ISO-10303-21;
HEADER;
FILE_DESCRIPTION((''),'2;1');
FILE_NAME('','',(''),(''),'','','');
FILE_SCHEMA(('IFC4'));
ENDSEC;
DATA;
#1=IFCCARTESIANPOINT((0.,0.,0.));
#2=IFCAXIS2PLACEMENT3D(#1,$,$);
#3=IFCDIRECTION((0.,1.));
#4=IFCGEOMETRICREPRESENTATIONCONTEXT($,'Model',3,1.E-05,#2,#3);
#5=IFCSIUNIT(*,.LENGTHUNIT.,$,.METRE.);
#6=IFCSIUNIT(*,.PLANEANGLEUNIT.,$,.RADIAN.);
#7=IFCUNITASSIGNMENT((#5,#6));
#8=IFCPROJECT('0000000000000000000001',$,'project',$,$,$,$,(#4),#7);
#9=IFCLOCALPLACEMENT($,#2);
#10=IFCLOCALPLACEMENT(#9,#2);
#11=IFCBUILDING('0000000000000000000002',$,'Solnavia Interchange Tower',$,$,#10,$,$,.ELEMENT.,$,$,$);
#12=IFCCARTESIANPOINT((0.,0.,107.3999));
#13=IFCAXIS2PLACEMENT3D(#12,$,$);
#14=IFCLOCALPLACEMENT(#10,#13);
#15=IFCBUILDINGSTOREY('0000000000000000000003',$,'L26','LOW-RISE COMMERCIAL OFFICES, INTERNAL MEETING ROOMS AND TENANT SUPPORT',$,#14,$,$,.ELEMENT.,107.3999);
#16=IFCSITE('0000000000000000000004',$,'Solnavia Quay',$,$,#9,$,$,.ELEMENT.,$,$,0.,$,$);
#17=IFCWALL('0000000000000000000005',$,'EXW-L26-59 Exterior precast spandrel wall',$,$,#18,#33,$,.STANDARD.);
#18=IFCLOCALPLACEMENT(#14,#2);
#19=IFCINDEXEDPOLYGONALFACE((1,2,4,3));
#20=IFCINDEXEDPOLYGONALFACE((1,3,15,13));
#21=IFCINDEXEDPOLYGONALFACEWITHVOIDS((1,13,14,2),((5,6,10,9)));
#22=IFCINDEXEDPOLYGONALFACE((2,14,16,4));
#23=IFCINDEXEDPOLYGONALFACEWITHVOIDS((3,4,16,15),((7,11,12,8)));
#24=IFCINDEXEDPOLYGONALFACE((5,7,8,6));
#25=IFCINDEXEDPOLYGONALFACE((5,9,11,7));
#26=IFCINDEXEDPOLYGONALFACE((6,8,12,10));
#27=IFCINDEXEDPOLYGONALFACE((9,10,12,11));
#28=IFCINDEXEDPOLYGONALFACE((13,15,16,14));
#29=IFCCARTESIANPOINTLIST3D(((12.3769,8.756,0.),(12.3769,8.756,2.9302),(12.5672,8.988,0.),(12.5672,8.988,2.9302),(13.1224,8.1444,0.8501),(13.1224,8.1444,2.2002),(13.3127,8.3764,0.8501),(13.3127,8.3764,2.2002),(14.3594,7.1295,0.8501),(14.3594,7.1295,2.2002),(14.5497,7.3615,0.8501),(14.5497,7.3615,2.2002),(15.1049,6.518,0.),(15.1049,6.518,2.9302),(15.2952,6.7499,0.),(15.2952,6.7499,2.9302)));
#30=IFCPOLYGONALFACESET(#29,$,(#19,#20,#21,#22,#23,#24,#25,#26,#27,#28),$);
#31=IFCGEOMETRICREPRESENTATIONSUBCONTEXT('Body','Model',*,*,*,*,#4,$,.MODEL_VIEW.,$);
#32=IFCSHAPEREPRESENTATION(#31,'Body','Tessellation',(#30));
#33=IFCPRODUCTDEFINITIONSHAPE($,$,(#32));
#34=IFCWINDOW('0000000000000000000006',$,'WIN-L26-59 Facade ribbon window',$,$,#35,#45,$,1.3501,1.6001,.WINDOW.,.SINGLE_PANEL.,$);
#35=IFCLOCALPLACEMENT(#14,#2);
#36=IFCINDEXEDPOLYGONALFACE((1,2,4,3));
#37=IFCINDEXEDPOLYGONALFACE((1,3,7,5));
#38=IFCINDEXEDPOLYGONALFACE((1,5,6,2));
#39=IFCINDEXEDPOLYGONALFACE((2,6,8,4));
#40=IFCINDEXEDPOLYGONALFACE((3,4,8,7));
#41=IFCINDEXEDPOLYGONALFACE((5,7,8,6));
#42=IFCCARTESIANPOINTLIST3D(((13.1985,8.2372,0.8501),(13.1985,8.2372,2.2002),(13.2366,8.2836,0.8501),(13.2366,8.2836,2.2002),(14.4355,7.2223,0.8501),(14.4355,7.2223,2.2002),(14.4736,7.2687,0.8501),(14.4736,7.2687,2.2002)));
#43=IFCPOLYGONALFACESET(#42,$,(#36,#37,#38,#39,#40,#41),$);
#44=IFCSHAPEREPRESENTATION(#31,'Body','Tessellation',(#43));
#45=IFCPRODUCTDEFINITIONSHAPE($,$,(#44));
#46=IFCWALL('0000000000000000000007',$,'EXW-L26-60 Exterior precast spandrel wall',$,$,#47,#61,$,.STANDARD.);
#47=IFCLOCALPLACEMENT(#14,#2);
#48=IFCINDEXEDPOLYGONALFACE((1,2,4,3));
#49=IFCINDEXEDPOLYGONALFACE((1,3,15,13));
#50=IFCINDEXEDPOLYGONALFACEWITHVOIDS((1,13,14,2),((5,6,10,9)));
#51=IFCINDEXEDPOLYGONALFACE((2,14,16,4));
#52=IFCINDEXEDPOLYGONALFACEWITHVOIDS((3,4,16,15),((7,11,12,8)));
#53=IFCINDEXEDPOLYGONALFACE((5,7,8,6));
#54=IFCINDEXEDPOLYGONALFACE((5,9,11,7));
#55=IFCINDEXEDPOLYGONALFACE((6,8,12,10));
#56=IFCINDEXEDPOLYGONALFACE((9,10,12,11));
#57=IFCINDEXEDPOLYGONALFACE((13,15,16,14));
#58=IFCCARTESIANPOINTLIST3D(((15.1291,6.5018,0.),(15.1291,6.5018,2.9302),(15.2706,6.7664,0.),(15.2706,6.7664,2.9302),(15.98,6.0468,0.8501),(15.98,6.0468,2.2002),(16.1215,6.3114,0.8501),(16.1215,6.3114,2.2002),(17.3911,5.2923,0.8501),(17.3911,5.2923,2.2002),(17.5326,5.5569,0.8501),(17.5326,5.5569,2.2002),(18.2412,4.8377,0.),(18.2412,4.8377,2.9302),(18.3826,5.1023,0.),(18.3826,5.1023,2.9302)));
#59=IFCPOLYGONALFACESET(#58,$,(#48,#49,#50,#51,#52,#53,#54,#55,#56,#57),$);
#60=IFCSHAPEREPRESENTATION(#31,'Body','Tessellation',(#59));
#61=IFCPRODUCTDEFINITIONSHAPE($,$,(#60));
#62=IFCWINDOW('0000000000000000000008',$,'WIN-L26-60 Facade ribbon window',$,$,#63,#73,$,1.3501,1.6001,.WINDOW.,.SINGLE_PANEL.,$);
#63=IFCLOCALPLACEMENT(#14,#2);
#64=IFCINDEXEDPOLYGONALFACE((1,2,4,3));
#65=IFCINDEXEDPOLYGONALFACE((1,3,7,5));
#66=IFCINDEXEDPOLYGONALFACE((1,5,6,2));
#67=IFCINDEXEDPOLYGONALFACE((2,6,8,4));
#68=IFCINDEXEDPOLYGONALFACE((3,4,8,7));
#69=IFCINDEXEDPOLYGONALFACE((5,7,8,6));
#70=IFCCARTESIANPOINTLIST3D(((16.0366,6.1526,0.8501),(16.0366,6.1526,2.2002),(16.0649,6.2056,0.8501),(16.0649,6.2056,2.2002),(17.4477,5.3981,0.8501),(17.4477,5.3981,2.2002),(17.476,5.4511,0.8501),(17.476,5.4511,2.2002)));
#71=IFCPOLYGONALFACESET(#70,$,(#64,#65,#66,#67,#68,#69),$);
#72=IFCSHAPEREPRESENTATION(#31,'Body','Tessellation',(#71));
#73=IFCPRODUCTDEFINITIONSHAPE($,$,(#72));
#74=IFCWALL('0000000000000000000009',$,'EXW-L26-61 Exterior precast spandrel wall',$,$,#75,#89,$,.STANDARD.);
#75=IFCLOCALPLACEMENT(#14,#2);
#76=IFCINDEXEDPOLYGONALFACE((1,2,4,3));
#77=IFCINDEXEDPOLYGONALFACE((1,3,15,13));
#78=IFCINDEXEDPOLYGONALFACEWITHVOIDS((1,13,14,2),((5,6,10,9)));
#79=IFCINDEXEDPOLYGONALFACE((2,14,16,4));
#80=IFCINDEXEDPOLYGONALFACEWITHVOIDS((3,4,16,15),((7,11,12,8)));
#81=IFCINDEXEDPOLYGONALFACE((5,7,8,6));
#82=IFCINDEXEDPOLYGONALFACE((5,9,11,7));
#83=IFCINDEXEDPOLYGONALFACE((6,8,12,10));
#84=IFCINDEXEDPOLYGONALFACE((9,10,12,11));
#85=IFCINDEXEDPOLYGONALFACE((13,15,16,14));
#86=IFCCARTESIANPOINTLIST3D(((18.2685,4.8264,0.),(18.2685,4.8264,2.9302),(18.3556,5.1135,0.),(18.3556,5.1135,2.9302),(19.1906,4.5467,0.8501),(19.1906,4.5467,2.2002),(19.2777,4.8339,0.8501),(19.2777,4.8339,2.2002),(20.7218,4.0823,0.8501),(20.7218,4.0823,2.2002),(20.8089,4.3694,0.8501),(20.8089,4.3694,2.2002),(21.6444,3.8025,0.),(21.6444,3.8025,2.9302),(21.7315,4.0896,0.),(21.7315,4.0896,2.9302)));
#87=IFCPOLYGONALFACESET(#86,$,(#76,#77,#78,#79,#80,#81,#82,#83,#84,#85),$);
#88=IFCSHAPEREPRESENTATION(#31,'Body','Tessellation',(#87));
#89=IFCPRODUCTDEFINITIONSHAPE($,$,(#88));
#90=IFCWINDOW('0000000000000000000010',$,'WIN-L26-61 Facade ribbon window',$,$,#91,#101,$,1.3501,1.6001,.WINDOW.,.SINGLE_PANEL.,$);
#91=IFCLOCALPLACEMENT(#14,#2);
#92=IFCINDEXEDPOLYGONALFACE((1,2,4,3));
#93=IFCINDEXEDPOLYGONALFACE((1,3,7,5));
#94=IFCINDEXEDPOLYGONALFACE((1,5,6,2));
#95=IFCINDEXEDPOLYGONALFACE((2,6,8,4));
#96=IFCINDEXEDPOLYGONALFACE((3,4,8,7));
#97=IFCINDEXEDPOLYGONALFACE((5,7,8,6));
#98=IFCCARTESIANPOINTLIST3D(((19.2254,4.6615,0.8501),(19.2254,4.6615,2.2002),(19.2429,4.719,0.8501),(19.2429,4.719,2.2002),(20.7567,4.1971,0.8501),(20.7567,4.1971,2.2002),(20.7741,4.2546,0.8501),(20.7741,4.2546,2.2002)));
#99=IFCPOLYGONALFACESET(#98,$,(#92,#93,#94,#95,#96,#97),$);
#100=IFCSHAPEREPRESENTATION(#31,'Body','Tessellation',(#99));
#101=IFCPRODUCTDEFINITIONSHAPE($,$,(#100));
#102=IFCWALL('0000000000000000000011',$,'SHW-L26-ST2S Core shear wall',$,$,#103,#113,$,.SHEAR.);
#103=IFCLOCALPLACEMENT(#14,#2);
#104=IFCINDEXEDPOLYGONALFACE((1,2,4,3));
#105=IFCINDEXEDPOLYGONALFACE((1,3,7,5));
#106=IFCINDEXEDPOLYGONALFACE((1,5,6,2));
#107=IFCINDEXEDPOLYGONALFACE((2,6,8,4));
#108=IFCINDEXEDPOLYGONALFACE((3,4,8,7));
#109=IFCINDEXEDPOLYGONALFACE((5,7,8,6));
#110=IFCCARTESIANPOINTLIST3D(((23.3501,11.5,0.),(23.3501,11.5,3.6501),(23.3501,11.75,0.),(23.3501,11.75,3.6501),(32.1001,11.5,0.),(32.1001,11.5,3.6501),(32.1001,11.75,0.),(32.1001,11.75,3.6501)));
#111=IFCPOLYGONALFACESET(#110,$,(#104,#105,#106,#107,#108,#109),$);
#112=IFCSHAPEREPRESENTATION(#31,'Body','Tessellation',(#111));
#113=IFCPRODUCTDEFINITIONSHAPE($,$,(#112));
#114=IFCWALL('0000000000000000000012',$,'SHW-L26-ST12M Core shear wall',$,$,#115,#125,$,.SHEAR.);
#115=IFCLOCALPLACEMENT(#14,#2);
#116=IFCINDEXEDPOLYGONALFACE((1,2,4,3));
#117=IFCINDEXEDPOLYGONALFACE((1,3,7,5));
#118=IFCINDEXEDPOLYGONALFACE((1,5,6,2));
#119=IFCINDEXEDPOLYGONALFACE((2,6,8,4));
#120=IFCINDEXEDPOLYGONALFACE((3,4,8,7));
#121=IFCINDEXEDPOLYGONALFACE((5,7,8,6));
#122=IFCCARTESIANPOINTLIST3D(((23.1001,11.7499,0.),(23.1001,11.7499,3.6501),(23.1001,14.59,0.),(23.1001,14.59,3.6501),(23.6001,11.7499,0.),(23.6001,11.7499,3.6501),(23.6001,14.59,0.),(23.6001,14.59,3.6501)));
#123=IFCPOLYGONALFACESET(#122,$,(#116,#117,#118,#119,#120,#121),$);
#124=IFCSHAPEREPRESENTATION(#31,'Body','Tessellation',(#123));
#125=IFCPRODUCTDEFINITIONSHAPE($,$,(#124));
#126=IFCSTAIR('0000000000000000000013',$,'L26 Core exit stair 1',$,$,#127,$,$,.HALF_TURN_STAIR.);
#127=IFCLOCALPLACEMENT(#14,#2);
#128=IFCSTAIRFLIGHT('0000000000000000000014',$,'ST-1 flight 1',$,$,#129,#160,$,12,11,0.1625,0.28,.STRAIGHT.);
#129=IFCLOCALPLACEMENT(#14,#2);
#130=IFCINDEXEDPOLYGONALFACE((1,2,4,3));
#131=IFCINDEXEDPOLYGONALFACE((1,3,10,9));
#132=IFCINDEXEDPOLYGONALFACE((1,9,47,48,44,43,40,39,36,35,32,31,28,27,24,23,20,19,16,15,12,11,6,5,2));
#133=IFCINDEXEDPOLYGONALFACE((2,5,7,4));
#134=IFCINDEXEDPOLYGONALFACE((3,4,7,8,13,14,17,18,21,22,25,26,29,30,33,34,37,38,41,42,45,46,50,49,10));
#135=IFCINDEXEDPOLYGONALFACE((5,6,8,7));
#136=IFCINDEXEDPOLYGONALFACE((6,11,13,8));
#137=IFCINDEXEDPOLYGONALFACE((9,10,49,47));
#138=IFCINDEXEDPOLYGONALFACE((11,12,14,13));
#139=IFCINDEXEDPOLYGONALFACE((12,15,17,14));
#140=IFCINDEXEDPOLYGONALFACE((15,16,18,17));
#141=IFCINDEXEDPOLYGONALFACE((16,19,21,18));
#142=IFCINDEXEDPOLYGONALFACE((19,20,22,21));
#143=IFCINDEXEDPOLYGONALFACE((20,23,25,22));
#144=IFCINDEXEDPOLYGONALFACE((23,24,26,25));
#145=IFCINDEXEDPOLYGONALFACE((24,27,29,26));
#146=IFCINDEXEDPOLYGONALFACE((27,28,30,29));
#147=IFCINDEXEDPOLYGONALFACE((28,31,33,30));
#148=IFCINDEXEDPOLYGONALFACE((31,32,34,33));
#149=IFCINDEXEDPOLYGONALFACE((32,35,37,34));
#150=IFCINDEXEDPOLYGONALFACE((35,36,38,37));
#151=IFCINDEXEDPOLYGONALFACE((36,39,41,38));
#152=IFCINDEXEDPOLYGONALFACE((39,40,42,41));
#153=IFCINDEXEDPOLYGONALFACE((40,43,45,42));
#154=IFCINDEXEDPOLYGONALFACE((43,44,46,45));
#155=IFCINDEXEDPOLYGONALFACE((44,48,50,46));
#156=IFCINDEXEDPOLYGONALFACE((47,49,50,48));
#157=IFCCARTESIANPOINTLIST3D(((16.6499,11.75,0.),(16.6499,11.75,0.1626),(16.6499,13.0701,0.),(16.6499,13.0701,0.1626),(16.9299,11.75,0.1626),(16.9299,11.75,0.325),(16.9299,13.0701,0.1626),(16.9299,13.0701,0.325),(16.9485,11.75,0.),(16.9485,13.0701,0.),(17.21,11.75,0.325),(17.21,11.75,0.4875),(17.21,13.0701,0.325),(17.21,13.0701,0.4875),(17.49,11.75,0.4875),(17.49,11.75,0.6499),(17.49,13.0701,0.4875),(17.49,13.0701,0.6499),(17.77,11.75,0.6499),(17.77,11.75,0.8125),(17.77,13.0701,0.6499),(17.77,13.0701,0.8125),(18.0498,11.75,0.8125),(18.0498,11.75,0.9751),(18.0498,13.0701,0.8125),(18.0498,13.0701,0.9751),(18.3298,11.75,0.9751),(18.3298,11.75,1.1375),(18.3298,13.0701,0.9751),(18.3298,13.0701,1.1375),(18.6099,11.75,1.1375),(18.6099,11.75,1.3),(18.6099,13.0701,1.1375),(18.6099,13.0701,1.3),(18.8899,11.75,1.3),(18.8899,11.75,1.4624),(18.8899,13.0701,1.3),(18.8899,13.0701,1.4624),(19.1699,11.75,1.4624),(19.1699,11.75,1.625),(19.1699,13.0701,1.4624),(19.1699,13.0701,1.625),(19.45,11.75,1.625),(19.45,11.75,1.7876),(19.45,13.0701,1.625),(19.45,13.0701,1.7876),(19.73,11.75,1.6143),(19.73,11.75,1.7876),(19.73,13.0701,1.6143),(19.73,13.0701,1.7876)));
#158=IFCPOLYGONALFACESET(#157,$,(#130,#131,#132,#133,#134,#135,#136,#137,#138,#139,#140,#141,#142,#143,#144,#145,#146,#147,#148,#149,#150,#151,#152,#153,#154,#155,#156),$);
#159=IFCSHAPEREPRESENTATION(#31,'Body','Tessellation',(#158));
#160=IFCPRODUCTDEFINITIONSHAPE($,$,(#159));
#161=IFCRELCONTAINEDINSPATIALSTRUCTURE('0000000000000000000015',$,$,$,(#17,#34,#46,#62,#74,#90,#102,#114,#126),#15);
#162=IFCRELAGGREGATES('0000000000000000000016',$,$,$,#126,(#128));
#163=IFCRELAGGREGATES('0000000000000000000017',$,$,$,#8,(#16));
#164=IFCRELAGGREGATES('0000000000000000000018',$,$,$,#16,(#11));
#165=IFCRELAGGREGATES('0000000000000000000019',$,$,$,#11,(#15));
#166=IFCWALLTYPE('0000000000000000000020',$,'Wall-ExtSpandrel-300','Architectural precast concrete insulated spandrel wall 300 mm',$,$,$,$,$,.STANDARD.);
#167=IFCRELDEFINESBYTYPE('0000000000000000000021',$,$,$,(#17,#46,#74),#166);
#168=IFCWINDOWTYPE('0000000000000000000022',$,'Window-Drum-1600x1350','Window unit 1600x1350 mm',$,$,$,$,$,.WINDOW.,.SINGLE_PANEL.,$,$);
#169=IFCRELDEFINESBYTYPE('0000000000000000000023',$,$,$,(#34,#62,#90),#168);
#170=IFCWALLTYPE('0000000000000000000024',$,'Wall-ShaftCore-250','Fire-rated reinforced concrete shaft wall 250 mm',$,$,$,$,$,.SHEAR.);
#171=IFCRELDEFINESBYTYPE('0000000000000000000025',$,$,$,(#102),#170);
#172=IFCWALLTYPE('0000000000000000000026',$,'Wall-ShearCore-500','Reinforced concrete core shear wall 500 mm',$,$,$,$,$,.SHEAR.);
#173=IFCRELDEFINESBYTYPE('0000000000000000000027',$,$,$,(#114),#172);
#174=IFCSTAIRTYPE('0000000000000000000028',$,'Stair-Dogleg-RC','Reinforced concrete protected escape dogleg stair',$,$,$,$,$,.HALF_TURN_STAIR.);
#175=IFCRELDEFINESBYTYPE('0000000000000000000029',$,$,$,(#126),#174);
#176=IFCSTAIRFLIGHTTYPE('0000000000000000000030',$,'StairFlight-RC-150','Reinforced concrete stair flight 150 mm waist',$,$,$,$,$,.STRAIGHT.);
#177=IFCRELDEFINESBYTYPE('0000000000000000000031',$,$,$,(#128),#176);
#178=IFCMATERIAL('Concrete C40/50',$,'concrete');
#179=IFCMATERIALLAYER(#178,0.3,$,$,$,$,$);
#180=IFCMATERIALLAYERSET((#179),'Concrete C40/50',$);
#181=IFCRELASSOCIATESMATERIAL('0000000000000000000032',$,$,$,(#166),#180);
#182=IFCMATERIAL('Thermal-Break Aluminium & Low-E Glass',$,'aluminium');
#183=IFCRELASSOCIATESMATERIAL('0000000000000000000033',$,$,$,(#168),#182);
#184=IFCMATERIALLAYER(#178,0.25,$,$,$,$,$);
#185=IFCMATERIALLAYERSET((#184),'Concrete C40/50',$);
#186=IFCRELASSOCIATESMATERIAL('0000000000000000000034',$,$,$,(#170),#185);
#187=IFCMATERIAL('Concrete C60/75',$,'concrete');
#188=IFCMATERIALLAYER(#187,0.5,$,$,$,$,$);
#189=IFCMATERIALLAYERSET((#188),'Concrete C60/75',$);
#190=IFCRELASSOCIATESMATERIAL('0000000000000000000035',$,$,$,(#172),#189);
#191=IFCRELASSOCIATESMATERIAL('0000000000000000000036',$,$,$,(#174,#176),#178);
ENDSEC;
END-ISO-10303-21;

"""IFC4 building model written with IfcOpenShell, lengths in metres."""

from ifc_helpers import new_model, si_unit, direction, frame, frame_2d, origin, place, context, subcontext, project, spatial, polyline, rectangle, outline, extrude, material, layer, layer_set, type_object, element, fill, aggregate, save


model = new_model("IFC4")

# Units and contexts
model_context = context("Model", 3, precision=1e-05, world=origin(), true_north=direction((0.0, 1.0)))
body_context = subcontext(model_context, "Body", "Model", "MODEL_VIEW")
ifc_project = project(units=[si_unit("LENGTHUNIT", "METRE"), si_unit("PLANEANGLEUNIT", "RADIAN")], contexts=[model_context])

# Site, building, storey
site_placement = place(None, origin())
site = spatial("IfcSite", under=ifc_project, at=site_placement, Name="Solnavia Quay", CompositionType="ELEMENT", RefElevation=0.0)
building_placement = place(site_placement, origin())
building = spatial("IfcBuilding", under=site, at=building_placement, Name="Solnavia Interchange Tower", CompositionType="ELEMENT")
storey_placement = place(building_placement, frame((0.0, 0.0, 107.3999)))
storey = spatial("IfcBuildingStorey", under=building, at=storey_placement, Name="L26", Description="LOW-RISE COMMERCIAL OFFICES, INTERNAL MEETING ROOMS AND TENANT SUPPORT", CompositionType="ELEMENT", Elevation=107.3999)

# Shared definitions
ifc_material_1 = material(Name="Concrete C60/75", Category="concrete")

# Walls, openings, windows
ifc_material_2 = material(Name="Concrete C40/50", Category="concrete")
ifc_layer_1 = layer(ifc_material_2, 0.3)
ifc_layer_set_1 = layer_set([ifc_layer_1], Name="Concrete C40/50")
wall_type_1 = type_object("IfcWallType", Name="Wall-ExtSpandrel-300", Description="Architectural precast concrete insulated spandrel wall 300 mm", PredefinedType="STANDARD", material=ifc_layer_set_1)
wall_1_placement = place(storey_placement, frame((15.2, 6.634, 0.0), z_axis=(0.0, 0.0, 1.0), x_axis=(-0.773121, 0.634258, 0.0)))
wall_1 = element("IfcWall", 1, at=wall_1_placement, inside=storey, type_object=wall_type_1, Name="EXW-L26-59 Exterior precast spandrel wall", PredefinedType="STANDARD", context=body_context, shape_type="SweptSolid", body=[
    extrude(rectangle(XDim=3.5286, YDim=0.3, at=frame_2d((1.7642, 0.0))), origin(), (0.0, 0.0, 1.0), 2.9302),
])
opening_1_placement = place(wall_1_placement, frame((0.9641, 0.0, 0.8501)))
opening_1 = element("IfcOpeningElement", 2, at=opening_1_placement, cuts=wall_1, PredefinedType="OPENING", context=body_context, shape_type="SweptSolid", body=[
    extrude(rectangle(XDim=1.6001, YDim=1.3501, at=frame_2d((0.8, 0.675))), frame((0.0, 0.1602, 0.0), z_axis=(0.0, -1.0, 0.0), x_axis=(1.0, 0.0, 0.0)), (0.0, 0.0, 1.0), 0.3201),
])
ifc_material_3 = material(Name="Thermal-Break Aluminium & Low-E Glass", Category="aluminium")
window_type = type_object("IfcWindowType", Name="Window-Drum-1600x1350", Description="Window unit 1600x1350 mm", PartitioningType="SINGLE_PANEL", PredefinedType="WINDOW", material=ifc_material_3)
window_1_placement = place(opening_1_placement, origin())
window_1 = element("IfcWindow", 3, at=window_1_placement, inside=storey, type_object=window_type, Name="WIN-L26-59 Facade ribbon window", OverallHeight=1.3501, OverallWidth=1.6001, PartitioningType="SINGLE_PANEL", PredefinedType="WINDOW", context=body_context, shape_type="SweptSolid", body=[
    extrude(rectangle(XDim=1.6001, YDim=1.3501, at=frame_2d((0.8, 0.675))), frame((0.0, 0.03, 0.0), z_axis=(0.0, -1.0, 0.0), x_axis=(1.0, 0.0, 0.0)), (0.0, 0.0, 1.0), 0.0601),
])
fill(opening_1, window_1)
wall_2_placement = place(storey_placement, frame((18.312, 4.97, 0.0), z_axis=(0.0, 0.0, 1.0), x_axis=(-0.881847, 0.471536, 0.0)))
wall_2 = element("IfcWall", 4, at=wall_2_placement, inside=storey, type_object=wall_type_1, Name="EXW-L26-60 Exterior precast spandrel wall", PredefinedType="STANDARD", context=body_context, shape_type="SweptSolid", body=[
    extrude(rectangle(XDim=3.5291, YDim=0.3, at=frame_2d((1.7646, 0.0))), origin(), (0.0, 0.0, 1.0), 2.9302),
])
opening_2_placement = place(wall_2_placement, frame((0.9641, 0.0, 0.8501)))
opening_2 = element("IfcOpeningElement", 5, at=opening_2_placement, cuts=wall_2, PredefinedType="OPENING", context=body_context, shape_type="SweptSolid", body=[
    extrude(rectangle(XDim=1.6001, YDim=1.3501, at=frame_2d((0.8, 0.675))), frame((0.0, 0.1602, 0.0), z_axis=(0.0, -1.0, 0.0), x_axis=(1.0, 0.0, 0.0)), (0.0, 0.0, 1.0), 0.3201),
])
window_2_placement = place(opening_2_placement, origin())
window_2 = element("IfcWindow", 6, at=window_2_placement, inside=storey, type_object=window_type, Name="WIN-L26-60 Facade ribbon window", OverallHeight=1.3501, OverallWidth=1.6001, PartitioningType="SINGLE_PANEL", PredefinedType="WINDOW", context=body_context, shape_type="SweptSolid", body=[
    extrude(rectangle(XDim=1.6001, YDim=1.3501, at=frame_2d((0.8, 0.675))), frame((0.0, 0.03, 0.0), z_axis=(0.0, -1.0, 0.0), x_axis=(1.0, 0.0, 0.0)), (0.0, 0.0, 1.0), 0.0601),
])
fill(opening_2, window_2)
wall_3_placement = place(storey_placement, frame((21.688, 3.946, 0.0), z_axis=(0.0, 0.0, 1.0), x_axis=(-0.956953, 0.290242, 0.0)))
wall_3 = element("IfcWall", 7, at=wall_3_placement, inside=storey, type_object=wall_type_1, Name="EXW-L26-61 Exterior precast spandrel wall", PredefinedType="STANDARD", context=body_context, shape_type="SweptSolid", body=[
    extrude(rectangle(XDim=3.5278, YDim=0.3, at=frame_2d((1.7639, 0.0))), origin(), (0.0, 0.0, 1.0), 2.9302),
])
opening_3_placement = place(wall_3_placement, frame((0.9641, 0.0, 0.8501)))
opening_3 = element("IfcOpeningElement", 8, at=opening_3_placement, cuts=wall_3, PredefinedType="OPENING", context=body_context, shape_type="SweptSolid", body=[
    extrude(rectangle(XDim=1.6001, YDim=1.3501, at=frame_2d((0.8, 0.675))), frame((0.0, 0.1602, 0.0), z_axis=(0.0, -1.0, 0.0), x_axis=(1.0, 0.0, 0.0)), (0.0, 0.0, 1.0), 0.3201),
])
window_3_placement = place(opening_3_placement, origin())
window_3 = element("IfcWindow", 9, at=window_3_placement, inside=storey, type_object=window_type, Name="WIN-L26-61 Facade ribbon window", OverallHeight=1.3501, OverallWidth=1.6001, PartitioningType="SINGLE_PANEL", PredefinedType="WINDOW", context=body_context, shape_type="SweptSolid", body=[
    extrude(rectangle(XDim=1.6001, YDim=1.3501, at=frame_2d((0.8, 0.675))), frame((0.0, 0.03, 0.0), z_axis=(0.0, -1.0, 0.0), x_axis=(1.0, 0.0, 0.0)), (0.0, 0.0, 1.0), 0.0601),
])
fill(opening_3, window_3)

# Walls
ifc_layer_2 = layer(ifc_material_2, 0.25)
ifc_layer_set_2 = layer_set([ifc_layer_2], Name="Concrete C40/50")
wall_type_2 = type_object("IfcWallType", Name="Wall-ShaftCore-250", Description="Fire-rated reinforced concrete shaft wall 250 mm", PredefinedType="SHEAR", material=ifc_layer_set_2)
wall_4_placement = place(storey_placement, frame((23.3501, 11.625, 0.0), z_axis=(0.0, 0.0, 1.0), x_axis=(1.0, 0.0, 0.0)))
element("IfcWall", 10, at=wall_4_placement, inside=storey, type_object=wall_type_2, Name="SHW-L26-ST2S Core shear wall", PredefinedType="SHEAR", context=body_context, shape_type="SweptSolid", body=[
    extrude(rectangle(XDim=8.75, YDim=0.25, at=frame_2d((4.375, 0.0))), origin(), (0.0, 0.0, 1.0), 3.6501),
])
ifc_layer_3 = layer(ifc_material_1, 0.5)
ifc_layer_set_3 = layer_set([ifc_layer_3], Name="Concrete C60/75")
wall_type_3 = type_object("IfcWallType", Name="Wall-ShearCore-500", Description="Reinforced concrete core shear wall 500 mm", PredefinedType="SHEAR", material=ifc_layer_set_3)
wall_5_placement = place(storey_placement, frame((23.3501, 11.75, 0.0), z_axis=(0.0, 0.0, 1.0), x_axis=(0.0, 1.0, 0.0)))
element("IfcWall", 11, at=wall_5_placement, inside=storey, type_object=wall_type_3, Name="SHW-L26-ST12M Core shear wall", PredefinedType="SHEAR", context=body_context, shape_type="SweptSolid", body=[
    extrude(rectangle(XDim=2.8401, YDim=0.5, at=frame_2d((1.4199, 0.0))), origin(), (0.0, 0.0, 1.0), 3.6501),
])

# Stair, stair flight
stair_type = type_object("IfcStairType", Name="Stair-Dogleg-RC", Description="Reinforced concrete protected escape dogleg stair", PredefinedType="HALF_TURN_STAIR", material=ifc_material_2)
stair_placement = place(storey_placement, origin())
stair = element("IfcStair", 12, at=stair_placement, inside=storey, type_object=stair_type, Name="L26 Core exit stair 1", PredefinedType="HALF_TURN_STAIR")
stair_flight_type = type_object("IfcStairFlightType", Name="StairFlight-RC-150", Description="Reinforced concrete stair flight 150 mm waist", PredefinedType="STRAIGHT", material=ifc_material_2)
stair_flight_placement = place(storey_placement, frame((16.6499, 12.4099, 0.0), z_axis=(0.0, 0.0, 1.0), x_axis=(1.0, 0.0, 0.0)))
stair_flight = element("IfcStairFlight", 13, at=stair_flight_placement, type_object=stair_flight_type, Name="ST-1 flight 1", NumberOfRisers=12, NumberOfTreads=11, PredefinedType="STRAIGHT", RiserHeight=0.1625, TreadLength=0.28, context=body_context, shape_type="SweptSolid", body=[
    extrude(outline(polyline([(0.0, 0.0), (0.0, 0.1626), (0.28, 0.1626), (0.28, 0.325), (0.5601, 0.325), (0.5601, 0.4875), (0.8401, 0.4875), (0.8401, 0.6499), (1.1201, 0.6499), (1.1201, 0.8125), (1.3999, 0.8125), (1.3999, 0.9751), (1.6799, 0.9751), (1.6799, 1.1375), (1.96, 1.1375), (1.96, 1.3), (2.24, 1.3), (2.24, 1.4624), (2.52, 1.4624), (2.52, 1.625), (2.8, 1.625), (2.8, 1.7876), (3.0801, 1.7876), (3.0801, 1.95), (3.0801, 1.6143), (0.2986, 0.0), (0.0, 0.0)])), frame((0.0, 0.6602, 0.0), z_axis=(0.0, -1.0, 0.0), x_axis=(1.0, 0.0, 0.0)), (0.0, 0.0, 1.0), 1.3201),
])
aggregate(stair, [stair_flight])

save(model, "model.ifc")
